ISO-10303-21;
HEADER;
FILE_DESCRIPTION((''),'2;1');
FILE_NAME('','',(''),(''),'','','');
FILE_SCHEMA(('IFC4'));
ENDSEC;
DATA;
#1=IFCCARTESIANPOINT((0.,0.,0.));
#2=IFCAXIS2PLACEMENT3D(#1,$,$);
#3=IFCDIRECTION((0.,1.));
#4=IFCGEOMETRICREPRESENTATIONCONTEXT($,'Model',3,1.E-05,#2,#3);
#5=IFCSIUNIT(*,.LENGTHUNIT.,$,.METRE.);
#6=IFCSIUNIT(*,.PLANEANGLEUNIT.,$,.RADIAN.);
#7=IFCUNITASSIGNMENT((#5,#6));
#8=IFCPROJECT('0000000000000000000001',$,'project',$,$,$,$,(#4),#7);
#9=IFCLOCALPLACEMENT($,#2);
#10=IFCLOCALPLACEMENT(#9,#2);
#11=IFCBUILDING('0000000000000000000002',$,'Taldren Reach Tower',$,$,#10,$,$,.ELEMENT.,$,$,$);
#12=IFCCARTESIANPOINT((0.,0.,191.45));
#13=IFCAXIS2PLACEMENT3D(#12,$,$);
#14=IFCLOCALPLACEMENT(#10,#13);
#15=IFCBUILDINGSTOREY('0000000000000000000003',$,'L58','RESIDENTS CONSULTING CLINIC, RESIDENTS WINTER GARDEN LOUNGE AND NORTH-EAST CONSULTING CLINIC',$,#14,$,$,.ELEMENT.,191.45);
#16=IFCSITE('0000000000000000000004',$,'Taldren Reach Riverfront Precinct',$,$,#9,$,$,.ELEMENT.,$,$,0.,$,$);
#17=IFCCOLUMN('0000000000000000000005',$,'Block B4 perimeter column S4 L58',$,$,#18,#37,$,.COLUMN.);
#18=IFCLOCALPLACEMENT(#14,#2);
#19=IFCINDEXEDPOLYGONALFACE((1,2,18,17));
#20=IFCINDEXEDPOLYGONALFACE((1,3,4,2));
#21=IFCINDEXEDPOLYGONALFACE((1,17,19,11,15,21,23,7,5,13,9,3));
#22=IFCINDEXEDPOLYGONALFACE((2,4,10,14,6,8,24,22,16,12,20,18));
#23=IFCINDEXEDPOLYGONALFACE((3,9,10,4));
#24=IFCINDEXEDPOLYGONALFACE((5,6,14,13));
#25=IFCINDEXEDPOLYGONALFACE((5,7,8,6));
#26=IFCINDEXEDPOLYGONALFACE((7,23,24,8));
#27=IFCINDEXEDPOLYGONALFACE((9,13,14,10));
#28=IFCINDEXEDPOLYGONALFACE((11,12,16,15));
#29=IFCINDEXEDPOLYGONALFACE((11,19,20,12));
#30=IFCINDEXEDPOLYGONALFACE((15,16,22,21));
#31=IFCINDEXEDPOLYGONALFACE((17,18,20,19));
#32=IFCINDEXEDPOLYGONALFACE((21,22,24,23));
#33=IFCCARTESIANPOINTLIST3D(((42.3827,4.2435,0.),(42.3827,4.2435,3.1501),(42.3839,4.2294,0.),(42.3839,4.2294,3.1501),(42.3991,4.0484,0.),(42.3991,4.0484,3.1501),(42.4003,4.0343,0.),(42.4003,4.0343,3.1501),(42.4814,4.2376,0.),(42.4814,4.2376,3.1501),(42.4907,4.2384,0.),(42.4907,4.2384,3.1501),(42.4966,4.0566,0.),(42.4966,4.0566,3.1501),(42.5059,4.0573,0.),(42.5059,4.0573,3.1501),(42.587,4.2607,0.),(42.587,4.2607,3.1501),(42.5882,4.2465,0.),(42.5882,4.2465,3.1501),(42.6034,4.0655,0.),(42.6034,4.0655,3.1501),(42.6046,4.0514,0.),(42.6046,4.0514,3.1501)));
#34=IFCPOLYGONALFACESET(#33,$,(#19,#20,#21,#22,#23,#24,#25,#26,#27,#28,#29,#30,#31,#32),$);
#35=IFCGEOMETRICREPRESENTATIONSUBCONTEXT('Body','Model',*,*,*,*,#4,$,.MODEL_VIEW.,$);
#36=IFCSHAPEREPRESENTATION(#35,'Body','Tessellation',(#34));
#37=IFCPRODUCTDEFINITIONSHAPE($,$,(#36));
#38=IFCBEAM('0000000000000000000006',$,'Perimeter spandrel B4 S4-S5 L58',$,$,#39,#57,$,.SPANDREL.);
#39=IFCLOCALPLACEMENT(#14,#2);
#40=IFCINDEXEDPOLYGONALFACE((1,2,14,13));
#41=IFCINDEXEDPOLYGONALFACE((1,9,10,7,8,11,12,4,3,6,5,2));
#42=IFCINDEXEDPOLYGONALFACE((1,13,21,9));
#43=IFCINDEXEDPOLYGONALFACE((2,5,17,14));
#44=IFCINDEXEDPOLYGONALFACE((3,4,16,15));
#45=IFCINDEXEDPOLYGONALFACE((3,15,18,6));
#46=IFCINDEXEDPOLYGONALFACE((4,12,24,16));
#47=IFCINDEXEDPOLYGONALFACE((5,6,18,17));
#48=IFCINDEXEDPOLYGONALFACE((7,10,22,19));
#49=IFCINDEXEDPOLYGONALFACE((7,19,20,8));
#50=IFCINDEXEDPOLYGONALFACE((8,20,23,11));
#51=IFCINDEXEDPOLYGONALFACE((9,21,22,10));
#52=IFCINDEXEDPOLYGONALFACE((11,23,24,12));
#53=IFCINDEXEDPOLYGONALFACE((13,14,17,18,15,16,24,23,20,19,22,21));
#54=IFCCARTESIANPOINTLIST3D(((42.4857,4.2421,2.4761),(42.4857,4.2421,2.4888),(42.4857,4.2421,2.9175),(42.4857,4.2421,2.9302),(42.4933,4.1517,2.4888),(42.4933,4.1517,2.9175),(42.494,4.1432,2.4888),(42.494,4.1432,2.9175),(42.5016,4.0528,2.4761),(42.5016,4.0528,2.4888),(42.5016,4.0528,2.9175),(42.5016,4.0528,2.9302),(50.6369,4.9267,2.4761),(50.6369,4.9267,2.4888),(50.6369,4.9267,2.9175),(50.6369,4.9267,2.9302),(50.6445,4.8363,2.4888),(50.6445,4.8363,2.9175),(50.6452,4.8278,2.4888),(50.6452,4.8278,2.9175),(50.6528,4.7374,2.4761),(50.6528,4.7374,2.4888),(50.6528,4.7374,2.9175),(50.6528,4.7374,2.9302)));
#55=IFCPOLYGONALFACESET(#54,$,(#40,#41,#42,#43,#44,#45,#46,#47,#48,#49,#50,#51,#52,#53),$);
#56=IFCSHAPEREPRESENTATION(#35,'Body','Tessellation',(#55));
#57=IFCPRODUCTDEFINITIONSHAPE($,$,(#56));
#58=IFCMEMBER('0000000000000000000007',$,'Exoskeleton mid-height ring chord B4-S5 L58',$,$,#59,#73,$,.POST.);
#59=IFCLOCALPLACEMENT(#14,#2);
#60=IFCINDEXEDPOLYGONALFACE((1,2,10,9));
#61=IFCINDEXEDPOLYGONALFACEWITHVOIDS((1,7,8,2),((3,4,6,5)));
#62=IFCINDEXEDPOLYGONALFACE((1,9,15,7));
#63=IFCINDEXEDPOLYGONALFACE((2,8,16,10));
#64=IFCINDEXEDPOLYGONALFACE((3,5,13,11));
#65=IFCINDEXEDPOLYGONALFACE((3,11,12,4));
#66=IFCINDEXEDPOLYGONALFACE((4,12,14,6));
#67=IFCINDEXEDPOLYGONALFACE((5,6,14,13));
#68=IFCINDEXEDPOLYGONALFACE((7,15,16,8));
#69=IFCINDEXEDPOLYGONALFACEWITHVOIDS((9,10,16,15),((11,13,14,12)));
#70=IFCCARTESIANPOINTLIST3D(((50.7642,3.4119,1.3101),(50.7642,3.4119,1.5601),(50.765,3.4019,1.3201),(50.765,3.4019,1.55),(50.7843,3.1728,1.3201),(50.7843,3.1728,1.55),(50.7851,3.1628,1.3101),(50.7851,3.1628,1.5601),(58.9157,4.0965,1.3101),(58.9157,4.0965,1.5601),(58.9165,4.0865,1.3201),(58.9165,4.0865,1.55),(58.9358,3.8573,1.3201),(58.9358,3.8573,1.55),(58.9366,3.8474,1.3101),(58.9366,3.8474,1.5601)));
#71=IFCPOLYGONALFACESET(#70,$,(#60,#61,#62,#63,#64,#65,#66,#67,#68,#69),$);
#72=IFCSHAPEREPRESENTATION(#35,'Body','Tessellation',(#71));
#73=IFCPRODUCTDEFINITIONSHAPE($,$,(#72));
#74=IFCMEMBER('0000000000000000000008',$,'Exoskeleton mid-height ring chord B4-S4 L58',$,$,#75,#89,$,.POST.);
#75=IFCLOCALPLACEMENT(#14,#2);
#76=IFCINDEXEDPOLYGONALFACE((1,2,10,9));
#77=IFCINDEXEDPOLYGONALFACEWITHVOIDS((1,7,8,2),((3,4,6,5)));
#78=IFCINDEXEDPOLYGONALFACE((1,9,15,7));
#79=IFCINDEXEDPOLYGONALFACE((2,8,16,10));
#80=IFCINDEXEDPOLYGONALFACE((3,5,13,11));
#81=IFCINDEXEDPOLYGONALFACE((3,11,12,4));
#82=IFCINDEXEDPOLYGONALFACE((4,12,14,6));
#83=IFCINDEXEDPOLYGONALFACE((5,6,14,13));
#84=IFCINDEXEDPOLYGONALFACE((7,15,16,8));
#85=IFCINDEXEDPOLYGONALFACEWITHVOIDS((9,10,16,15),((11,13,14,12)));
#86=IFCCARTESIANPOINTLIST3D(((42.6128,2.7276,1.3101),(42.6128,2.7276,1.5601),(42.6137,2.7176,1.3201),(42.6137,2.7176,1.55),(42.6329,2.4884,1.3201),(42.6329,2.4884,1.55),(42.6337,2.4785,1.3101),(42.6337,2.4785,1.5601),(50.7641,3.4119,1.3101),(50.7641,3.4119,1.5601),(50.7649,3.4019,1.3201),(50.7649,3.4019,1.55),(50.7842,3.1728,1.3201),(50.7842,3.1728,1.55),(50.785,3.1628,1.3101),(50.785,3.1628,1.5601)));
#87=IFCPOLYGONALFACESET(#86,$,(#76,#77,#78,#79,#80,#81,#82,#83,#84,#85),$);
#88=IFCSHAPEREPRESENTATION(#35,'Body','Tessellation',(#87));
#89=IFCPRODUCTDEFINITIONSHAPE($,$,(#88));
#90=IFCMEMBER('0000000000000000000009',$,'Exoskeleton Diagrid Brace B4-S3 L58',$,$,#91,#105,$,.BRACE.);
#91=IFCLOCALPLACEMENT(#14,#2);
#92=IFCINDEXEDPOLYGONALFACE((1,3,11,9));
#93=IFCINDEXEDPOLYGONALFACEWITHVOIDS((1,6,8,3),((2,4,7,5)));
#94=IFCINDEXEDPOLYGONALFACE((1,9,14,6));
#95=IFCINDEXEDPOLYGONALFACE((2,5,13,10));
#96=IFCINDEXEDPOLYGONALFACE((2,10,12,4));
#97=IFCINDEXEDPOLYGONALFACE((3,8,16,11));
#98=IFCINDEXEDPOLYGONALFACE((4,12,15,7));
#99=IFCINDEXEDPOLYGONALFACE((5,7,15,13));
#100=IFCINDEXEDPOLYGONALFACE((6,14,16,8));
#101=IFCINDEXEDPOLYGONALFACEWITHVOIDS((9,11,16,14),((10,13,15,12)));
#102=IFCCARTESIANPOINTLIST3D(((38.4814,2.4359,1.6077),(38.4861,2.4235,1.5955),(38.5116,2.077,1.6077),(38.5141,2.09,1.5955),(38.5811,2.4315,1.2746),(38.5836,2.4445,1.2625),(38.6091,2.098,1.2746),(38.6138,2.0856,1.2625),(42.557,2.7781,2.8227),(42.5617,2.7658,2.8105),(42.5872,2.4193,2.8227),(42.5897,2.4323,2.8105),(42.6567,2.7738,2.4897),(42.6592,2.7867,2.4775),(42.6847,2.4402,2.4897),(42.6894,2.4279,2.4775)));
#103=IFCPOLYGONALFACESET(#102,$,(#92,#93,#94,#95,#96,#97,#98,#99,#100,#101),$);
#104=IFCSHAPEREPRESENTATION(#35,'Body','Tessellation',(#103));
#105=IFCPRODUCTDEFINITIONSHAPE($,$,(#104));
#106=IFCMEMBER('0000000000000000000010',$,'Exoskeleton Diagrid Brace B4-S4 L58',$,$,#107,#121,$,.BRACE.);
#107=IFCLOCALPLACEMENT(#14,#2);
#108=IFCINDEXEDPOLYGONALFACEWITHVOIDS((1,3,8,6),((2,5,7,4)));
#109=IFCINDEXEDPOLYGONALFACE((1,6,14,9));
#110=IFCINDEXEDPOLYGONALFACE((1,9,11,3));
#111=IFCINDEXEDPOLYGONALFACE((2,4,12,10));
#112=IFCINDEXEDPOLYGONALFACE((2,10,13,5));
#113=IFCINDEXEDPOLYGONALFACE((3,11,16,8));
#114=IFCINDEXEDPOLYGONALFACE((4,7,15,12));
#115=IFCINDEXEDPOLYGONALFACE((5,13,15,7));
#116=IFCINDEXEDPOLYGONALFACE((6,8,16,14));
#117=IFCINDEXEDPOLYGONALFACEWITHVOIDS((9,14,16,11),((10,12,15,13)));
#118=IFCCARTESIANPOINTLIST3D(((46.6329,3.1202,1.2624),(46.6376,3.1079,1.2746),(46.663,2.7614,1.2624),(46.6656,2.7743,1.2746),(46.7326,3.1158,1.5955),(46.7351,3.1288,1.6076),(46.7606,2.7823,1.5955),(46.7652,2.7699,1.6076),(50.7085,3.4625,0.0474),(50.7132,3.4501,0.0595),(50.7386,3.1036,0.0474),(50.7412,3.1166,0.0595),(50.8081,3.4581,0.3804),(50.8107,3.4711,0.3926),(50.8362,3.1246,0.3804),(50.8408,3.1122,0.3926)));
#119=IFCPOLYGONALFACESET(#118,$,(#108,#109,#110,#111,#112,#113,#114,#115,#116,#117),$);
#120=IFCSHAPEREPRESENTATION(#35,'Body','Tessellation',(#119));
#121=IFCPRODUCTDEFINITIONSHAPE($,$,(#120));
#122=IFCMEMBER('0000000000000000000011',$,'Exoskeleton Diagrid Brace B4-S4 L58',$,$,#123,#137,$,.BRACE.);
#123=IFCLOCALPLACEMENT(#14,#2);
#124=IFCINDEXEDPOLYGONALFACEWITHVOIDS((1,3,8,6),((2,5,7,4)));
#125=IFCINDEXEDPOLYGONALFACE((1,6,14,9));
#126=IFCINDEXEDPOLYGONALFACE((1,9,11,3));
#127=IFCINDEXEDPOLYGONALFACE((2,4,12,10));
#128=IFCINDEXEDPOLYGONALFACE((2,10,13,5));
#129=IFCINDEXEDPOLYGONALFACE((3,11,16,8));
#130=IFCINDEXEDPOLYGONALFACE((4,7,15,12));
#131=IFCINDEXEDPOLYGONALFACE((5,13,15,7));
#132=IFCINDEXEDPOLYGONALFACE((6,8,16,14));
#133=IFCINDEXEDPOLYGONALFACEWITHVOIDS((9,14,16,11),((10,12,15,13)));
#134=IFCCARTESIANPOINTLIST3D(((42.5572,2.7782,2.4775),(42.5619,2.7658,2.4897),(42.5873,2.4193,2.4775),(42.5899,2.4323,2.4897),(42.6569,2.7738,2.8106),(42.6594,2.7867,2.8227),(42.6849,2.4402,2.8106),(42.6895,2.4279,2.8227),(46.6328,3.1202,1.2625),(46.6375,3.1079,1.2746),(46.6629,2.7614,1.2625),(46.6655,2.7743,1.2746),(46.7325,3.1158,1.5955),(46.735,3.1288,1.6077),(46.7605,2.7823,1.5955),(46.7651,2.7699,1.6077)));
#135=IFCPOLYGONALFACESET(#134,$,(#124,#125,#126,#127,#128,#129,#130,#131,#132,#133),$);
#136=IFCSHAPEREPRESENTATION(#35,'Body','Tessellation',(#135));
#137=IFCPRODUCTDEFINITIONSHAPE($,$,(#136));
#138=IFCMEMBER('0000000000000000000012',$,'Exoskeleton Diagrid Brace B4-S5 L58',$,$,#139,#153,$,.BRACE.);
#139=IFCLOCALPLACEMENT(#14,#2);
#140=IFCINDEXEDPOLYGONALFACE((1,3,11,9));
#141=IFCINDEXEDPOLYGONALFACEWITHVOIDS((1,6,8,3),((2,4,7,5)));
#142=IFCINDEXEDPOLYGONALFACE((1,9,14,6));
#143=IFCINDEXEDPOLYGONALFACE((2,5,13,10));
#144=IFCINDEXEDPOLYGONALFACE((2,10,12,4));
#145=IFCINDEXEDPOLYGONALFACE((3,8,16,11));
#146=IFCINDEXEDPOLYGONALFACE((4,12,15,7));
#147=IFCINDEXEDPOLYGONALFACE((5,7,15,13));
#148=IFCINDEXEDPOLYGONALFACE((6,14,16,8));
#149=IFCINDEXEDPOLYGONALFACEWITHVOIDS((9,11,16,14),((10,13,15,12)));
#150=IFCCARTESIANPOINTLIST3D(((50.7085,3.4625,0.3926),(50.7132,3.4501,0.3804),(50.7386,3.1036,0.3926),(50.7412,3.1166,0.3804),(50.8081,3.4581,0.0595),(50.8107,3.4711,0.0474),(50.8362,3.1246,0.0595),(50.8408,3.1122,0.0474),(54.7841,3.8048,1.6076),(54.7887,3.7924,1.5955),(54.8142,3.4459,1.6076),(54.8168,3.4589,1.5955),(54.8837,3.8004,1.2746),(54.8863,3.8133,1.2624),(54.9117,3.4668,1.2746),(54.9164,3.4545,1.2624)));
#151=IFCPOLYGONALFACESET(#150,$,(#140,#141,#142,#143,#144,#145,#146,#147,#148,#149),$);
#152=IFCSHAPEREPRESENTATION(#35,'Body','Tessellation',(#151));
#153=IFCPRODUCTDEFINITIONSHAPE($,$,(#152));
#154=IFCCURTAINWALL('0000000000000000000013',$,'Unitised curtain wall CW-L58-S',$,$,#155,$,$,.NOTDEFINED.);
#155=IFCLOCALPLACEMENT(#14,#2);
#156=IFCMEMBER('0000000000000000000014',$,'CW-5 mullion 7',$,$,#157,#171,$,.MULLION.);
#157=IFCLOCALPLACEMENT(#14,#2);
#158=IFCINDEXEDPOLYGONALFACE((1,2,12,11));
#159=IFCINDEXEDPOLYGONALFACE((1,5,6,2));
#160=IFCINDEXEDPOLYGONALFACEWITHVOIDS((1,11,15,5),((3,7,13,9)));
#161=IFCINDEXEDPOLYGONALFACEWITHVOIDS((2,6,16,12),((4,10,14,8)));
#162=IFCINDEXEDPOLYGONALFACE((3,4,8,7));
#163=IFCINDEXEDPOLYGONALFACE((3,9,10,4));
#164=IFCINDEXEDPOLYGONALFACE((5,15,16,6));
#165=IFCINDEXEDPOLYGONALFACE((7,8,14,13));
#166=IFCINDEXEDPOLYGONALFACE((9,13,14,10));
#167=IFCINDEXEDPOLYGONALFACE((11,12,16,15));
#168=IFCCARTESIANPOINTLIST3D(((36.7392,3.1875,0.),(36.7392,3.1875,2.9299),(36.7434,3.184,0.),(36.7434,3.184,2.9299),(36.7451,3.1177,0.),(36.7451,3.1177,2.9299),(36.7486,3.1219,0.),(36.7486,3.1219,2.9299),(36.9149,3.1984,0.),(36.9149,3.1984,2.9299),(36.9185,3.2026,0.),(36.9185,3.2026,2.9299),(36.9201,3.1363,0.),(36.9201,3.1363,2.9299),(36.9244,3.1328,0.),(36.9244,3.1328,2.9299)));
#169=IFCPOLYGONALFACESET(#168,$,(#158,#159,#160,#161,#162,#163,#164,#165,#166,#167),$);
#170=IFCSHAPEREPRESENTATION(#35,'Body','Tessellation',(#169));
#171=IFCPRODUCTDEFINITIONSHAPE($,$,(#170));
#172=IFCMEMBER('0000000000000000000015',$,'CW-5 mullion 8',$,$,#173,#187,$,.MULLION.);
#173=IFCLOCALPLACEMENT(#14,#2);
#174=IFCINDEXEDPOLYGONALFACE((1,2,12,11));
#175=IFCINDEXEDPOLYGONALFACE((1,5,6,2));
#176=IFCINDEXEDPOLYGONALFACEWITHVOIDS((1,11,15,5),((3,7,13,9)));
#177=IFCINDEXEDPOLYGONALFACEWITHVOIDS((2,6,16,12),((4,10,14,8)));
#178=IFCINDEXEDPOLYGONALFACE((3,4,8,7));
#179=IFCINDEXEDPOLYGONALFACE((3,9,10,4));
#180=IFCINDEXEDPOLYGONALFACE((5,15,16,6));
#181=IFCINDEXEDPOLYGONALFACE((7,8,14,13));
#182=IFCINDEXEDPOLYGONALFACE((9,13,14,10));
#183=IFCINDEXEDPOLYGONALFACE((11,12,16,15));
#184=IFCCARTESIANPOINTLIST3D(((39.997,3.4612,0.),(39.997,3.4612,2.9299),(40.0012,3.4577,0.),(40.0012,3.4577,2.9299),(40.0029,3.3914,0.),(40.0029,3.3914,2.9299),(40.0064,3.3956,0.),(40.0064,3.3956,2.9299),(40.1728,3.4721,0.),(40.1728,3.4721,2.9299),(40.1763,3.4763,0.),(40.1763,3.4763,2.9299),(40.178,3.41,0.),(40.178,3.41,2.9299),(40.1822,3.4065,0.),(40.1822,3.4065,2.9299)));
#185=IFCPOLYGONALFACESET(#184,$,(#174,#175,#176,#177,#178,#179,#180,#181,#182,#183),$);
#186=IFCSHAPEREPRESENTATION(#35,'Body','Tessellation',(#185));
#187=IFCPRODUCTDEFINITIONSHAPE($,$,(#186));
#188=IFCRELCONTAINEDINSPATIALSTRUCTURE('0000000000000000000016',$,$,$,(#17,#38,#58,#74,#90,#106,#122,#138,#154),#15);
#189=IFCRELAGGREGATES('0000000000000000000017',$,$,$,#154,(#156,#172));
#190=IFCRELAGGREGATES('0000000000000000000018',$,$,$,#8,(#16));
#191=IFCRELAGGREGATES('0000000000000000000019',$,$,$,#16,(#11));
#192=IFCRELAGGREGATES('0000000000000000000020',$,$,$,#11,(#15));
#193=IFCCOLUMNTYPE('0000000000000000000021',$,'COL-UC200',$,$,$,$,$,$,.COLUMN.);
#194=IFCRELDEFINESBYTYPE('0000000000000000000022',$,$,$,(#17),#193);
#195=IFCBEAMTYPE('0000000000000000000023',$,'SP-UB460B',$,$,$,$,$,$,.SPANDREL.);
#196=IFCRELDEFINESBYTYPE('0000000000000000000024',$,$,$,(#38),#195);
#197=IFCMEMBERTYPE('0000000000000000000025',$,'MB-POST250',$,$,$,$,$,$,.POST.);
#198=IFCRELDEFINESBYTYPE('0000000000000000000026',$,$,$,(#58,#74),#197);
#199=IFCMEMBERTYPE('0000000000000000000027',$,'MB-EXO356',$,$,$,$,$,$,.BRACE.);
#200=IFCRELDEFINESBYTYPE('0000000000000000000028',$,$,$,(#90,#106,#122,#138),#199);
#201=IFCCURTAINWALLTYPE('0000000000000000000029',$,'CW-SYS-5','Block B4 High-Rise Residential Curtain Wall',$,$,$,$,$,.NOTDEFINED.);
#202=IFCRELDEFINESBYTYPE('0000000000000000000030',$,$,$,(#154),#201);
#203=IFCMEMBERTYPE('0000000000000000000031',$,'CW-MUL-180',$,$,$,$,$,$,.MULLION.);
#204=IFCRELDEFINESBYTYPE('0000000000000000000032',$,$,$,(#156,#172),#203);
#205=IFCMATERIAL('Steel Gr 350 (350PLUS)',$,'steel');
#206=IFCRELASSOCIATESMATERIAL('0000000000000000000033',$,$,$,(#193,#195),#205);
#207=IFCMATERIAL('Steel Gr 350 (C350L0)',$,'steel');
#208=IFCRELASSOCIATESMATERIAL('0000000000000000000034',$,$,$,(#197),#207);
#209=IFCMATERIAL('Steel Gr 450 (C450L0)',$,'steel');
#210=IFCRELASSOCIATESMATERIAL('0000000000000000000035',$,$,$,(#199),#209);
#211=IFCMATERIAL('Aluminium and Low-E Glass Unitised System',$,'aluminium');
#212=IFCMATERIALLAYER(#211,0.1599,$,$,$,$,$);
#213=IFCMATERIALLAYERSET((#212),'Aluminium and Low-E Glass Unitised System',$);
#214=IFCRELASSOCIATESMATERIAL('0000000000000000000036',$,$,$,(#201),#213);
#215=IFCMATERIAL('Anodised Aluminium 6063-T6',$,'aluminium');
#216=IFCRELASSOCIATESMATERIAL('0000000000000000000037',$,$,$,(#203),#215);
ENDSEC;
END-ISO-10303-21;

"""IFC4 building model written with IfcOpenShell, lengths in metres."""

from ifc_helpers import new_model, si_unit, direction, frame, origin, origin_2d, place, context, subcontext, project, spatial, hollow_rectangle, i_section, extrude, source, transform, mapped, material, layer, layer_set, material_profile, profile_set, type_object, element, aggregate, save


model = new_model("IFC4")

# Units and contexts
model_context = context("Model", 3, precision=1e-05, world=origin(), true_north=direction((0.0, 1.0)))
body_context = subcontext(model_context, "Body", "Model", "MODEL_VIEW")
ifc_project = project(units=[si_unit("LENGTHUNIT", "METRE"), si_unit("PLANEANGLEUNIT", "RADIAN")], contexts=[model_context])

# Site, building, storey
site_placement = place(None, origin())
site = spatial("IfcSite", under=ifc_project, at=site_placement, Name="Taldren Reach Riverfront Precinct", CompositionType="ELEMENT", RefElevation=0.0)
building_placement = place(site_placement, origin())
building = spatial("IfcBuilding", under=site, at=building_placement, Name="Taldren Reach Tower", CompositionType="ELEMENT")
storey_placement = place(building_placement, frame((0.0, 0.0, 191.45)))
storey = spatial("IfcBuildingStorey", under=building, at=storey_placement, Name="L58", Description="RESIDENTS CONSULTING CLINIC, RESIDENTS WINTER GARDEN LOUNGE AND NORTH-EAST CONSULTING CLINIC", CompositionType="ELEMENT", Elevation=191.45)

# Column
ifc_material_1 = material(Name="Steel Gr 350 (350PLUS)", Category="steel")
ifc_material_profile_1 = material_profile(ifc_material_1, i_section(OverallWidth=0.2051, OverallDepth=0.21, WebThickness=0.0093, FlangeThickness=0.0142, at=origin_2d()), Name="200UC59.5")
ifc_profile_set_1 = profile_set([ifc_material_profile_1], Name="Steel Gr 350 (350PLUS)")
column_type = type_object("IfcColumnType", Name="COL-UC200", PredefinedType="COLUMN", material=ifc_profile_set_1)
shared_shape_1 = source(origin(), body_context, "Body", "SweptSolid", [
    extrude(i_section(OverallWidth=0.2051, OverallDepth=0.21, WebThickness=0.0093, FlangeThickness=0.0142, at=origin_2d()), origin(), (0.0, 0.0, 1.0), 3.1501),
])
column_placement = place(storey_placement, frame((42.4937, 4.1475, 0.0), z_axis=(0.0, 0.0, 1.0), x_axis=(0.996493, 0.083678, 0.0)))
element("IfcColumn", 1, at=column_placement, inside=storey, type_object=column_type, Name="Block B4 perimeter column S4 L58", PredefinedType="COLUMN", context=body_context, shape_type="MappedRepresentation", body=[
    mapped(shared_shape_1, transform((0.0, 0.0, 0.0), scale=1.0)),
])

# Beam
ifc_material_profile_2 = material_profile(ifc_material_1, i_section(OverallWidth=0.1899, OverallDepth=0.4541, WebThickness=0.0085, FlangeThickness=0.0127, at=origin_2d()), Name="460UB67.1")
ifc_profile_set_2 = profile_set([ifc_material_profile_2], Name="Steel Gr 350 (350PLUS)")
beam_type = type_object("IfcBeamType", Name="SP-UB460B", PredefinedType="SPANDREL", material=ifc_profile_set_2)
shared_shape_2 = source(origin(), body_context, "Body", "SweptSolid", [
    extrude(i_section(OverallWidth=0.1899, OverallDepth=0.4541, WebThickness=0.0085, FlangeThickness=0.0127, at=origin_2d()), origin(), (0.0, 0.0, 1.0), 8.1799),
])
beam_placement = place(storey_placement, frame((42.4937, 4.1475, 2.7031), z_axis=(0.996492, 0.08369, 0.0), x_axis=(-0.08369, 0.996492, 0.0)))
element("IfcBeam", 2, at=beam_placement, inside=storey, type_object=beam_type, Name="Perimeter spandrel B4 S4-S5 L58", PredefinedType="SPANDREL", context=body_context, shape_type="MappedRepresentation", body=[
    mapped(shared_shape_2, transform((0.0, 0.0, 0.0), scale=1.0)),
])

# Members
ifc_material_2 = material(Name="Steel Gr 350 (C350L0)", Category="steel")
ifc_material_profile_3 = material_profile(ifc_material_2, hollow_rectangle(XDim=0.25, YDim=0.25, WallThickness=0.01, at=origin_2d()), Name="250x250x10.0SHS")
ifc_profile_set_3 = profile_set([ifc_material_profile_3], Name="Steel Gr 350 (C350L0)")
member_type_1 = type_object("IfcMemberType", Name="MB-POST250", PredefinedType="POST", material=ifc_profile_set_3)
shared_shape_3 = source(origin(), body_context, "Body", "SweptSolid", [
    extrude(hollow_rectangle(XDim=0.25, YDim=0.25, WallThickness=0.01, at=origin_2d()), origin(), (0.0, 0.0, 1.0), 8.1802),
])
member_1_placement = place(storey_placement, frame((50.7747, 3.2874, 1.4351), z_axis=(0.996492, 0.083688, 0.0), x_axis=(-0.083688, 0.996492, 0.0)))
element("IfcMember", 3, at=member_1_placement, inside=storey, type_object=member_type_1, Name="Exoskeleton mid-height ring chord B4-S5 L58", PredefinedType="POST", context=body_context, shape_type="MappedRepresentation", body=[
    mapped(shared_shape_3, transform((0.0, 0.0, 0.0), scale=1.0)),
])
shared_shape_4 = source(origin(), body_context, "Body", "SweptSolid", [
    extrude(hollow_rectangle(XDim=0.25, YDim=0.25, WallThickness=0.01, at=origin_2d()), origin(), (0.0, 0.0, 1.0), 8.1799),
])
member_2_placement = place(storey_placement, frame((42.6233, 2.603, 1.4351), z_axis=(0.996495, 0.083658, 0.0), x_axis=(-0.083658, 0.996495, 0.0)))
element("IfcMember", 4, at=member_2_placement, inside=storey, type_object=member_type_1, Name="Exoskeleton mid-height ring chord B4-S4 L58", PredefinedType="POST", context=body_context, shape_type="MappedRepresentation", body=[
    mapped(shared_shape_4, transform((0.0, 0.0, 0.0), scale=1.0)),
])
ifc_material_3 = material(Name="Steel Gr 450 (C450L0)", Category="steel")
ifc_material_profile_4 = material_profile(ifc_material_3, hollow_rectangle(XDim=0.3601, YDim=0.3601, WallThickness=0.0127, at=origin_2d()), Name="360x360x12.7SHS")
ifc_profile_set_4 = profile_set([ifc_material_profile_4], Name="Steel Gr 450 (C450L0)")
member_type_2 = type_object("IfcMemberType", Name="MB-EXO356", PredefinedType="BRACE", material=ifc_profile_set_4)
shared_shape_5 = source(origin(), body_context, "Body", "SweptSolid", [
    extrude(hollow_rectangle(XDim=0.3601, YDim=0.3601, WallThickness=0.0127, at=origin_2d()), origin(), (0.0, 0.0, 1.0), 4.2666),
])
for number, where, z_axis, x_axis, name in (
    (5, (38.5476, 2.2607, 1.4351), (0.955229, 0.080222, 0.284783), (-0.083688, 0.996492, 0.0), "Exoskeleton Diagrid Brace B4-S3 L58"),
    (6, (50.7747, 3.2874, 0.22), (-0.955229, -0.080222, 0.284783), (0.083688, -0.996492, 0.0), "Exoskeleton Diagrid Brace B4-S4 L58"),
    (7, (46.699, 2.9451, 1.4351), (-0.955234, -0.080165, 0.284785), (0.083628, -0.996497, 0.0), "Exoskeleton Diagrid Brace B4-S4 L58"),
    (8, (50.7747, 3.2874, 0.22), (0.955229, 0.080222, 0.284783), (-0.083688, 0.996492, 0.0), "Exoskeleton Diagrid Brace B4-S5 L58"),
):
    element("IfcMember", number, at=place(storey_placement, frame(where, z_axis=z_axis, x_axis=x_axis)), inside=storey, type_object=member_type_2, Name=name, PredefinedType="BRACE", context=body_context, shape_type="MappedRepresentation", body=[
        mapped(shared_shape_5, transform((0.0, 0.0, 0.0), scale=1.0)),
    ])

# Curtain wall, members
ifc_material_4 = material(Name="Aluminium and Low-E Glass Unitised System", Category="aluminium")
ifc_layer_1 = layer(ifc_material_4, 0.1599)
ifc_layer_set_1 = layer_set([ifc_layer_1], Name="Aluminium and Low-E Glass Unitised System")
curtain_wall_type = type_object("IfcCurtainWallType", Name="CW-SYS-5", Description="Block B4 High-Rise Residential Curtain Wall", PredefinedType="NOTDEFINED", material=ifc_layer_set_1)
curtain_wall_placement = place(storey_placement, origin())
curtain_wall = element("IfcCurtainWall", 9, at=curtain_wall_placement, inside=storey, type_object=curtain_wall_type, Name="Unitised curtain wall CW-L58-S", PredefinedType="NOTDEFINED")
ifc_material_5 = material(Name="Anodised Aluminium 6063-T6", Category="aluminium")
ifc_material_profile_5 = material_profile(ifc_material_5, hollow_rectangle(XDim=0.0701, YDim=0.1799, WallThickness=0.0039, at=origin_2d()), Name="ALU-180x70x4RHS")
ifc_profile_set_5 = profile_set([ifc_material_profile_5], Name="Anodised Aluminium 6063-T6")
member_type_3 = type_object("IfcMemberType", Name="CW-MUL-180", PredefinedType="MULLION", material=ifc_profile_set_5)
shared_shape_6 = source(origin(), body_context, "Body", "SweptSolid", [
    extrude(hollow_rectangle(XDim=0.0701, YDim=0.1799, WallThickness=0.0039, at=origin_2d()), origin(), (0.0, 0.0, 1.0), 2.9299),
])
member_3_placement = place(storey_placement, frame((36.8318, 3.1602, 0.0), z_axis=(0.0, 0.0, 1.0), x_axis=(-0.083678, 0.996493, 0.0)))
member_3 = element("IfcMember", 10, at=member_3_placement, type_object=member_type_3, Name="CW-5 mullion 7", PredefinedType="MULLION", context=body_context, shape_type="MappedRepresentation", body=[
    mapped(shared_shape_6, transform((0.0, 0.0, 0.0), scale=1.0)),
])
member_4_placement = place(storey_placement, frame((40.0896, 3.4338, 0.0), z_axis=(0.0, 0.0, 1.0), x_axis=(-0.083678, 0.996493, 0.0)))
member_4 = element("IfcMember", 11, at=member_4_placement, type_object=member_type_3, Name="CW-5 mullion 8", PredefinedType="MULLION", context=body_context, shape_type="MappedRepresentation", body=[
    mapped(shared_shape_6, transform((0.0, 0.0, 0.0), scale=1.0)),
])

aggregate(curtain_wall, [member_3, member_4])

save(model, "model.ifc")
